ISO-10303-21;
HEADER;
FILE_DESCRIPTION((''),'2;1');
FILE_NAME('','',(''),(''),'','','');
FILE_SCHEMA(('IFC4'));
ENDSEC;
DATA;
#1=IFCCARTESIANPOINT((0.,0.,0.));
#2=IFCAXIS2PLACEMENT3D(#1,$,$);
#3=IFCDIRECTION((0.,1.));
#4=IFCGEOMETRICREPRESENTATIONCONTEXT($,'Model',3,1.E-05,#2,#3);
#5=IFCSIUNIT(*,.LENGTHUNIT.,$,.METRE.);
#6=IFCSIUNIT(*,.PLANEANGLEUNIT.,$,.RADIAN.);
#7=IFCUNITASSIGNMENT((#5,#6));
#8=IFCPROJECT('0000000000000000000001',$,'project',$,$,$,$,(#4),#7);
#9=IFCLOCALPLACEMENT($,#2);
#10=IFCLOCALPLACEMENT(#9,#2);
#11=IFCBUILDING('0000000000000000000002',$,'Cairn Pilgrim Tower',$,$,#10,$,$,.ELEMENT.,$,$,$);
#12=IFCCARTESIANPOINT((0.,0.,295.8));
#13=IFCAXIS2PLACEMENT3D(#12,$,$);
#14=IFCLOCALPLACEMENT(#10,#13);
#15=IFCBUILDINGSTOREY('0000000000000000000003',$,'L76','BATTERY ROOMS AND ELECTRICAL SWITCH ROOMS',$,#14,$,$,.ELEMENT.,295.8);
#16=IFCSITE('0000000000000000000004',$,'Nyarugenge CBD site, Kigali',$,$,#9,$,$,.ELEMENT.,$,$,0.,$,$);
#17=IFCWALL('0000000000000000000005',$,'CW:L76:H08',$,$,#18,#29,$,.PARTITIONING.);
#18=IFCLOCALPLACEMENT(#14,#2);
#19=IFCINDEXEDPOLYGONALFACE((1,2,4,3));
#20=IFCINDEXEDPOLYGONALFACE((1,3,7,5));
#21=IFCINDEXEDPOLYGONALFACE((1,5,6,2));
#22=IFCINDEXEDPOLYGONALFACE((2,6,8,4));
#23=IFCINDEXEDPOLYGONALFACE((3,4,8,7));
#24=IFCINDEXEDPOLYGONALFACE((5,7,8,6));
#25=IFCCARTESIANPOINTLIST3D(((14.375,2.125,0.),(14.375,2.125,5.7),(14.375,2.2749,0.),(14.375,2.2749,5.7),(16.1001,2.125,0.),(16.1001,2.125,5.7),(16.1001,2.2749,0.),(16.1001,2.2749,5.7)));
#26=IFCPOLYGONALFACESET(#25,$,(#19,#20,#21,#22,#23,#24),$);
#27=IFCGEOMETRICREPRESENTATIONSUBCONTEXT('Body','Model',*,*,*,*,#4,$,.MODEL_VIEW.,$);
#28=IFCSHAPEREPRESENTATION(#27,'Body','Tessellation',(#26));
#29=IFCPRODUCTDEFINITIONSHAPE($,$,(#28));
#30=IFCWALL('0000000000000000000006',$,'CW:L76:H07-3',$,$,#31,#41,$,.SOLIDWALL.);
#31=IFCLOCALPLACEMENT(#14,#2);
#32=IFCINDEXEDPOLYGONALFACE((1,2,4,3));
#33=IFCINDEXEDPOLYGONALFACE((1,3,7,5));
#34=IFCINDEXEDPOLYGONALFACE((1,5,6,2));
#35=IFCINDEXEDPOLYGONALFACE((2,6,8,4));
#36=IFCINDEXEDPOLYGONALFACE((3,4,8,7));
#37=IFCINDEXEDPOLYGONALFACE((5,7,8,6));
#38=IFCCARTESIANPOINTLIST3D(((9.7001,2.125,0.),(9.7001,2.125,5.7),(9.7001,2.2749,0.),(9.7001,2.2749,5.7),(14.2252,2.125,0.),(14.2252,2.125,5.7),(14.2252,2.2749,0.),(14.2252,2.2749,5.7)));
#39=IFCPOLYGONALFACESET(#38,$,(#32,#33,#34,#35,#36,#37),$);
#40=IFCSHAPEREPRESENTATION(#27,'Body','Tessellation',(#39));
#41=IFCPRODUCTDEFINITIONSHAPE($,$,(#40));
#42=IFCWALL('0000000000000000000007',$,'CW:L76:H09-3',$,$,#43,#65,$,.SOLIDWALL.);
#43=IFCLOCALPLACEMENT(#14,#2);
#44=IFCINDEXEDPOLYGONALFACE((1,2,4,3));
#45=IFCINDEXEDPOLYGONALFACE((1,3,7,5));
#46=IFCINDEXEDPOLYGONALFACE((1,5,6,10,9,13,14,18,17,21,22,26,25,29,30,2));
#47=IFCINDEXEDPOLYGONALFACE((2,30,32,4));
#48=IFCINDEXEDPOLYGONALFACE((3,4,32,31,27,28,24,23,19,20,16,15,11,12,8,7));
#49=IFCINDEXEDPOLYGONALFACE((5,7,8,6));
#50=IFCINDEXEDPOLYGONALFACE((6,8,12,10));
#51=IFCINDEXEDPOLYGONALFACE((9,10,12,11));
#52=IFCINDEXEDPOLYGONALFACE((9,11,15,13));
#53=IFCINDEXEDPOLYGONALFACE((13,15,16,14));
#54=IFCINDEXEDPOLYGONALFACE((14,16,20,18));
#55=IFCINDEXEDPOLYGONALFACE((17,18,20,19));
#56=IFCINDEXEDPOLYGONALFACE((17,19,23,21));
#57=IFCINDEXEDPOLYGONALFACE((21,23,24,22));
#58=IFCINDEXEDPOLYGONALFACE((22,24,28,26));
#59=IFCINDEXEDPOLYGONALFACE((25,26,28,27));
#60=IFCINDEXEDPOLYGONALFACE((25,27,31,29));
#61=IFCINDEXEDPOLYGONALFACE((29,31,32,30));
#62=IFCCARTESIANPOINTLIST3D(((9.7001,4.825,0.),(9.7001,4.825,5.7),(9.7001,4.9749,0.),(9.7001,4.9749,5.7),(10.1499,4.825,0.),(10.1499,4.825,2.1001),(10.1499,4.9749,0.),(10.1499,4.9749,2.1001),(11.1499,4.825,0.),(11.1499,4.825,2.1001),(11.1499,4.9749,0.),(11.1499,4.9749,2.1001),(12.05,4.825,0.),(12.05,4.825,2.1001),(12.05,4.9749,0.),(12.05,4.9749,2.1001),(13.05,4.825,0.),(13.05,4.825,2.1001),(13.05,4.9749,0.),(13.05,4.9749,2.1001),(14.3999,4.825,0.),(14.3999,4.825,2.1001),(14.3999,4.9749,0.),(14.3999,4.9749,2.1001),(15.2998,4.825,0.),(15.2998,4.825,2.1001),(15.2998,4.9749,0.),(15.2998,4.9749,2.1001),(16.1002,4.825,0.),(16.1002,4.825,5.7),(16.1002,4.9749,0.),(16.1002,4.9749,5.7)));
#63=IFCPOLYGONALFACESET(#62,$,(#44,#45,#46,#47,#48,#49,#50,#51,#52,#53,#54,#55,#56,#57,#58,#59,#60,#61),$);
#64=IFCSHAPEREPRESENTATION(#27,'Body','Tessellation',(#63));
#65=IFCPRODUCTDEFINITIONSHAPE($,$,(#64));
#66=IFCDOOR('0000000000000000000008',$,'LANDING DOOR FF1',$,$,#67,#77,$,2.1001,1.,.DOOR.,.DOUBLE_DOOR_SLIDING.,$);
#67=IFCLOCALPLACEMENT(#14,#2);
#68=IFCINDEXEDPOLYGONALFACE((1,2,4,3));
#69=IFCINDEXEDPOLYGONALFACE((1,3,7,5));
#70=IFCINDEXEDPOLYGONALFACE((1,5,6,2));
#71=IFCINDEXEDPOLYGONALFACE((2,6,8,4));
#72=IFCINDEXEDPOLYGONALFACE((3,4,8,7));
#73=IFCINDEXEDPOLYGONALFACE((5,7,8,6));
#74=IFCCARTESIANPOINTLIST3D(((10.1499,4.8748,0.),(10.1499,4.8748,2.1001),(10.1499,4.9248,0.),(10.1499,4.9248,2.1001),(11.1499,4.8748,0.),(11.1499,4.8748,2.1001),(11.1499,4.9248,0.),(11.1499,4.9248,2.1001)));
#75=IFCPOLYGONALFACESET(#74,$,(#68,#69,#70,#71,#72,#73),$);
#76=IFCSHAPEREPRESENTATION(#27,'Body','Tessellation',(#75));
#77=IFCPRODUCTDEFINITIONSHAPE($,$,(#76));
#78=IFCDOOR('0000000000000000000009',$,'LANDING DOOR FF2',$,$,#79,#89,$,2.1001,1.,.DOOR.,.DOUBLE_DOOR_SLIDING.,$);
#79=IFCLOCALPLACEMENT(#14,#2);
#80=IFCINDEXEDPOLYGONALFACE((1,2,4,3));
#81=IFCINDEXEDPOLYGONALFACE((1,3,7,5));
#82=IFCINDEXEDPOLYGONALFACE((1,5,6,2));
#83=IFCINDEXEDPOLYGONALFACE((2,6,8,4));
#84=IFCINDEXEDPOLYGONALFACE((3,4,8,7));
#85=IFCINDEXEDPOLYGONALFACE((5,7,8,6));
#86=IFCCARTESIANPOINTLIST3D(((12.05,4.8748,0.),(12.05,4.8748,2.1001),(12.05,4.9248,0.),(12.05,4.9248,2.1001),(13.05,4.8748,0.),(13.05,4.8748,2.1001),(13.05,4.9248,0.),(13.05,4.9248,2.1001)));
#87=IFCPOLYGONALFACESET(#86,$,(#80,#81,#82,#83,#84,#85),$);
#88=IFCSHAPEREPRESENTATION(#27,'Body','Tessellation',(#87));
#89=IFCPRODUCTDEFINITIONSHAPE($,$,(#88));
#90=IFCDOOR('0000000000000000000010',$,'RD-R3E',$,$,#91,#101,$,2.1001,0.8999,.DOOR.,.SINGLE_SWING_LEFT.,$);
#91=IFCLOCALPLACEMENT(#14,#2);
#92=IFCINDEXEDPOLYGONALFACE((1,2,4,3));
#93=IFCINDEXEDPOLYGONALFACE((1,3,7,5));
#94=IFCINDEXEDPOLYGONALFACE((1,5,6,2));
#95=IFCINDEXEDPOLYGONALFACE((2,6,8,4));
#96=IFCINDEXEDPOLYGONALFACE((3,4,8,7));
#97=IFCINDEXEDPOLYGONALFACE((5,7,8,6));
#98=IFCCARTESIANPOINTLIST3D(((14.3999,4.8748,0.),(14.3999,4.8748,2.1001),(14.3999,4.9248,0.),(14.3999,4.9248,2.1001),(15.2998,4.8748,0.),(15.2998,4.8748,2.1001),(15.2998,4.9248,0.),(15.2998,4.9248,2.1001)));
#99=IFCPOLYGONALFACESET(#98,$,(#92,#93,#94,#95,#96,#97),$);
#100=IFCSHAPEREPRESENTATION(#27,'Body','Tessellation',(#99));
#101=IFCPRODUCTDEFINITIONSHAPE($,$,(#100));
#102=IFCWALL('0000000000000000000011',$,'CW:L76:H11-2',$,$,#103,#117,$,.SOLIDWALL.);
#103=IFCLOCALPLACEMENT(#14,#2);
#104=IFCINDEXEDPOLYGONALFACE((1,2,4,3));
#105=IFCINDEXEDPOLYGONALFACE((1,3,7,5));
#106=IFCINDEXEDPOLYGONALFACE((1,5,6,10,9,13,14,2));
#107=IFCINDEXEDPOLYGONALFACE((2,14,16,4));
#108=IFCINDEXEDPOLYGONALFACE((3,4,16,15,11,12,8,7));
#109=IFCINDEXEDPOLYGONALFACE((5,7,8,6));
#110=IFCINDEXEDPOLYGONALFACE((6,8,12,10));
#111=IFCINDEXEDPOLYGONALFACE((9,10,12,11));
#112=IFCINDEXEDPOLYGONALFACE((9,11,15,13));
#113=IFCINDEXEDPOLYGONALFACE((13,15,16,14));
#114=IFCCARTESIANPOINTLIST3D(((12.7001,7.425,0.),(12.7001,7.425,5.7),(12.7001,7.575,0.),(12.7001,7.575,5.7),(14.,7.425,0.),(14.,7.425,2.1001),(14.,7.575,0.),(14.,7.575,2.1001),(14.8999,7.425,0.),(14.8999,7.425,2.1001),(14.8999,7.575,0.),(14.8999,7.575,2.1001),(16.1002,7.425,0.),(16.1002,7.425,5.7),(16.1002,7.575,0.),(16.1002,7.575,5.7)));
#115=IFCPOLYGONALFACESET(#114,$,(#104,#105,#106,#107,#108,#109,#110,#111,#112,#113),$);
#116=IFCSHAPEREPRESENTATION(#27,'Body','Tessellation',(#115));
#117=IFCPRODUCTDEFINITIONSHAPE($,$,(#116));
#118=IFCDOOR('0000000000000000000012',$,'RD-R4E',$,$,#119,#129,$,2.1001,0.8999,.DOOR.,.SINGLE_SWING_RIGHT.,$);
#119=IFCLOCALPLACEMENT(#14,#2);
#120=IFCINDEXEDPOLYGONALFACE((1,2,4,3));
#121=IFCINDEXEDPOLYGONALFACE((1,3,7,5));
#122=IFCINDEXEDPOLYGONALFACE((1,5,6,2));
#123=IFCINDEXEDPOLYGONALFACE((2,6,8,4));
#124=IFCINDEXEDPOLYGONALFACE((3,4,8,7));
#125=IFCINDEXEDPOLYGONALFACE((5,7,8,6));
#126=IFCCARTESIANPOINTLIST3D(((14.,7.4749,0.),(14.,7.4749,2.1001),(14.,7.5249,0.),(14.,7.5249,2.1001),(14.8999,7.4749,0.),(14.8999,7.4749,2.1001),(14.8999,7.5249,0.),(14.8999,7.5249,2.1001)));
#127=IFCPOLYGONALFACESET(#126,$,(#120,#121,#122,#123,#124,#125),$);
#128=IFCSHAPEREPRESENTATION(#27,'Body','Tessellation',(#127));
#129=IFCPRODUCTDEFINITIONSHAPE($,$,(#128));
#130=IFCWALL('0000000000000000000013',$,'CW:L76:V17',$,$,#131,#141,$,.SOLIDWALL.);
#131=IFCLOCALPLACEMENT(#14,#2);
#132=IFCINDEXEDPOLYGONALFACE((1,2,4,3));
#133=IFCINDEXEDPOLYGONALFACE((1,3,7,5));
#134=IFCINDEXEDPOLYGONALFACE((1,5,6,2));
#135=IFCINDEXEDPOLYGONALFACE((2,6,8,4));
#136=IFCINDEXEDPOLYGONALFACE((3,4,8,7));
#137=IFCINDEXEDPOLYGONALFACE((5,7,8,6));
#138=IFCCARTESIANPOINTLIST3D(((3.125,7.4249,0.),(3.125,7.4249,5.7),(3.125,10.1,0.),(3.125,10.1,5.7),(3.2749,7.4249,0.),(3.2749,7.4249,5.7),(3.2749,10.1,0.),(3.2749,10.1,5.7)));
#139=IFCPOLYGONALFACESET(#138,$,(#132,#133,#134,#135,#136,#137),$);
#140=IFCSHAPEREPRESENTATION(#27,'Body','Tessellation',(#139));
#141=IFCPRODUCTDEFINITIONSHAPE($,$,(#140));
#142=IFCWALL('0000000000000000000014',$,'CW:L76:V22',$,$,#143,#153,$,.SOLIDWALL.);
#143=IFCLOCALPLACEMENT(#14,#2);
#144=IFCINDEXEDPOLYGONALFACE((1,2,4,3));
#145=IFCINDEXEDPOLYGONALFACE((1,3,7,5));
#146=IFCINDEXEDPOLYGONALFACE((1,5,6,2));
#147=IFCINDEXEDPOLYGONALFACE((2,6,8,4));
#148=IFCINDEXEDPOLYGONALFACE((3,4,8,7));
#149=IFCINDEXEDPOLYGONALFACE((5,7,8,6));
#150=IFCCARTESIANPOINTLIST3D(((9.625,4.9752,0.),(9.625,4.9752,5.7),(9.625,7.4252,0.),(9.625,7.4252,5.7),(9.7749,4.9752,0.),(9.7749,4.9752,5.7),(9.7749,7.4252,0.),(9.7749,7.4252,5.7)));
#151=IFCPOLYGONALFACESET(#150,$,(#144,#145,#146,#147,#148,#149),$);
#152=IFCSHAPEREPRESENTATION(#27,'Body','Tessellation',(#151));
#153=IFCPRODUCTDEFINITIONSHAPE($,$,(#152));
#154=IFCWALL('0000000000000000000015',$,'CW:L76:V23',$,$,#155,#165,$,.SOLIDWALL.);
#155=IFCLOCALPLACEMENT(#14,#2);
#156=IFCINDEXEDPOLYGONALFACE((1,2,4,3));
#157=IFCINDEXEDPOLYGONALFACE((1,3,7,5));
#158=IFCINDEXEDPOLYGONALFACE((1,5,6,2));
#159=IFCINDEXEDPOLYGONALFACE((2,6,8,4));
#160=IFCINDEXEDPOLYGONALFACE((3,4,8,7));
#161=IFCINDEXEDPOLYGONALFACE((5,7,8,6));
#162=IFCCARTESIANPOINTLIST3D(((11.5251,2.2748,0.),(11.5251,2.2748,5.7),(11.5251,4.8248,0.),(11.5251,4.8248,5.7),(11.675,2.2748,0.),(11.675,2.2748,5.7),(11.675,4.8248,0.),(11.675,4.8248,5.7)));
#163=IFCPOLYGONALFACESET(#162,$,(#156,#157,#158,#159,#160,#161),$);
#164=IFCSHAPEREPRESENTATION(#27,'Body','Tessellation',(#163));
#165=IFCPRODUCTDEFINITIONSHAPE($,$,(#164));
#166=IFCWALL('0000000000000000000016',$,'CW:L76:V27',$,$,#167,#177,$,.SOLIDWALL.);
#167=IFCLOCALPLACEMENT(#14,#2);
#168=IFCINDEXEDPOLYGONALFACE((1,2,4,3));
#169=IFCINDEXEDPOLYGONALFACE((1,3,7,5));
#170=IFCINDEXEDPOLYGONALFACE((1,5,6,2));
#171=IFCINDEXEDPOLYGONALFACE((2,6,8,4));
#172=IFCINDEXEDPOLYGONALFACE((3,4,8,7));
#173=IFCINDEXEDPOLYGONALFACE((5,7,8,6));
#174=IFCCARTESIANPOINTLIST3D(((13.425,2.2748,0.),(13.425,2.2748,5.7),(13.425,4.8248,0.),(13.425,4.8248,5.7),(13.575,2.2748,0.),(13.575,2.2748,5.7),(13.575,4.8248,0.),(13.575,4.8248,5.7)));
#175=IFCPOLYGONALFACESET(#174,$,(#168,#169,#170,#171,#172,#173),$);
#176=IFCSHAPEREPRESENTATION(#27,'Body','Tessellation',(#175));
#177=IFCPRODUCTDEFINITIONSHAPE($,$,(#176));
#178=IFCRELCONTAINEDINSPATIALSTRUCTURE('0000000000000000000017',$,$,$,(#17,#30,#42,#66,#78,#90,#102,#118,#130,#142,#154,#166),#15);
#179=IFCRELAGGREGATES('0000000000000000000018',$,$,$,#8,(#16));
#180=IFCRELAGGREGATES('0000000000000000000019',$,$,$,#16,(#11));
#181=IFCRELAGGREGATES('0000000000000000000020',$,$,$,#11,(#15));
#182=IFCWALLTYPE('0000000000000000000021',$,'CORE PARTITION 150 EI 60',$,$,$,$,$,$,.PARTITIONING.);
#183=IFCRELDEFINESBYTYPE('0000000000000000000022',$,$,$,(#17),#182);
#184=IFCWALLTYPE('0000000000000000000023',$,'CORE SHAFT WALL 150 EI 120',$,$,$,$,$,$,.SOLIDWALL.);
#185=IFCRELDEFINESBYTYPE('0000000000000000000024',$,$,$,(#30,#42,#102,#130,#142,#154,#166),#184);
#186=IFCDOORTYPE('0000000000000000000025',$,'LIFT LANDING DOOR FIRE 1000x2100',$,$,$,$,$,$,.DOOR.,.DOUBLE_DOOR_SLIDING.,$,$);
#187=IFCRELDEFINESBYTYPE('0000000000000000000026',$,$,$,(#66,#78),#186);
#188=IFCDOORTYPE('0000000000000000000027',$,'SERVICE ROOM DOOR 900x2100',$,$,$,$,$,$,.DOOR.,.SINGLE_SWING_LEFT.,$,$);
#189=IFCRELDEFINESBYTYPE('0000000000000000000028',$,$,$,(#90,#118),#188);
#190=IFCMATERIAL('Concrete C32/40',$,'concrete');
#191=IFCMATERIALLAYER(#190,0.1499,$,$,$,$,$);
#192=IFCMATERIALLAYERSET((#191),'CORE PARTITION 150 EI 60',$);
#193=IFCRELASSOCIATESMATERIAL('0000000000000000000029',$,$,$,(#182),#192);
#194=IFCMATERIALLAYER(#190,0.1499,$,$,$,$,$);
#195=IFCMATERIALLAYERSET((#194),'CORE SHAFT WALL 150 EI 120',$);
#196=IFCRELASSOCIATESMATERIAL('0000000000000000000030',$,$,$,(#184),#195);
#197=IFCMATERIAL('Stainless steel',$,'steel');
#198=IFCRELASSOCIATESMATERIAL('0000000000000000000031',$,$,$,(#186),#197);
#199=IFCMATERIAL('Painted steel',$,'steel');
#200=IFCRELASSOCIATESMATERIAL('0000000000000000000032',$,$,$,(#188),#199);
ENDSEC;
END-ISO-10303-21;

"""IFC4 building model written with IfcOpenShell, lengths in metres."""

from ifc_helpers import new_model, si_unit, direction, frame, frame_2d, origin, place, context, subcontext, project, spatial, rectangle, extrude, material, layer, layer_set, type_object, element, fill, save


model = new_model("IFC4")

# Units and contexts
model_context = context("Model", 3, precision=1e-05, world=origin(), true_north=direction((0.0, 1.0)))
body_context = subcontext(model_context, "Body", "Model", "MODEL_VIEW")
ifc_project = project(units=[si_unit("LENGTHUNIT", "METRE"), si_unit("PLANEANGLEUNIT", "RADIAN")], contexts=[model_context])

# Site, building, storey
site_placement = place(None, origin())
site = spatial("IfcSite", under=ifc_project, at=site_placement, Name="Nyarugenge CBD site, Kigali", CompositionType="ELEMENT", RefElevation=0.0)
building_placement = place(site_placement, origin())
building = spatial("IfcBuilding", under=site, at=building_placement, Name="Cairn Pilgrim Tower", CompositionType="ELEMENT")
storey_placement = place(building_placement, frame((0.0, 0.0, 295.8)))
storey = spatial("IfcBuildingStorey", under=building, at=storey_placement, Name="L76", Description="BATTERY ROOMS AND ELECTRICAL SWITCH ROOMS", CompositionType="ELEMENT", Elevation=295.8)

# Walls
ifc_material_1 = material(Name="Concrete C32/40", Category="concrete")
ifc_layer_1 = layer(ifc_material_1, 0.1499)
ifc_layer_set_1 = layer_set([ifc_layer_1], Name="CORE PARTITION 150 EI 60")
wall_type_1 = type_object("IfcWallType", Name="CORE PARTITION 150 EI 60", PredefinedType="PARTITIONING", material=ifc_layer_set_1)
wall_1_placement = place(storey_placement, frame((14.375, 2.2, 0.0), z_axis=(0.0, 0.0, 1.0), x_axis=(1.0, 0.0, 0.0)))
element("IfcWall", 1, at=wall_1_placement, inside=storey, type_object=wall_type_1, Name="CW:L76:H08", PredefinedType="PARTITIONING", context=body_context, shape_type="SweptSolid", body=[
    extrude(rectangle(XDim=1.7251, YDim=0.1499, at=frame_2d((0.8625, 0.0))), origin(), (0.0, 0.0, 1.0), 5.7),
])
ifc_layer_2 = layer(ifc_material_1, 0.1499)
ifc_layer_set_2 = layer_set([ifc_layer_2], Name="CORE SHAFT WALL 150 EI 120")
wall_type_2 = type_object("IfcWallType", Name="CORE SHAFT WALL 150 EI 120", PredefinedType="SOLIDWALL", material=ifc_layer_set_2)
wall_2_placement = place(storey_placement, frame((9.7, 2.2, 0.0), z_axis=(0.0, 0.0, 1.0), x_axis=(1.0, 0.0, 0.0)))
element("IfcWall", 2, at=wall_2_placement, inside=storey, type_object=wall_type_2, Name="CW:L76:H07-3", PredefinedType="SOLIDWALL", context=body_context, shape_type="SweptSolid", body=[
    extrude(rectangle(XDim=4.5251, YDim=0.1499, at=frame_2d((2.2627, 0.0))), origin(), (0.0, 0.0, 1.0), 5.7),
])

# Wall, openings, doors
wall_3_placement = place(storey_placement, frame((9.7, 4.8999, 0.0), z_axis=(0.0, 0.0, 1.0), x_axis=(1.0, 0.0, 0.0)))
wall_3 = element("IfcWall", 3, at=wall_3_placement, inside=storey, type_object=wall_type_2, Name="CW:L76:H09-3", PredefinedType="SOLIDWALL", context=body_context, shape_type="SweptSolid", body=[
    extrude(rectangle(XDim=6.4001, YDim=0.1499, at=frame_2d((3.2002, 0.0))), origin(), (0.0, 0.0, 1.0), 5.7),
])
opening_1_placement = place(wall_3_placement, frame((0.45, 0.0, 0.0)))
opening_1 = element("IfcOpeningElement", 4, at=opening_1_placement, cuts=wall_3, PredefinedType="OPENING", context=body_context, shape_type="SweptSolid", body=[
    extrude(rectangle(XDim=1.0, YDim=2.1001, at=frame_2d((0.5, 1.05))), frame((0.0, 0.085, 0.0), z_axis=(0.0, -1.0, 0.0), x_axis=(1.0, 0.0, 0.0)), (0.0, 0.0, 1.0), 0.1699),
])
opening_2_placement = place(wall_3_placement, frame((2.3501, 0.0, 0.0)))
opening_2 = element("IfcOpeningElement", 5, at=opening_2_placement, cuts=wall_3, PredefinedType="OPENING", context=body_context, shape_type="SweptSolid", body=[
    extrude(rectangle(XDim=1.0, YDim=2.1001, at=frame_2d((0.5, 1.05))), frame((0.0, 0.085, 0.0), z_axis=(0.0, -1.0, 0.0), x_axis=(1.0, 0.0, 0.0)), (0.0, 0.0, 1.0), 0.1699),
])
opening_3_placement = place(wall_3_placement, frame((4.7, 0.0, 0.0)))
opening_3 = element("IfcOpeningElement", 6, at=opening_3_placement, cuts=wall_3, PredefinedType="OPENING", context=body_context, shape_type="SweptSolid", body=[
    extrude(rectangle(XDim=0.8999, YDim=2.1001, at=frame_2d((0.45, 1.05))), frame((0.0, 0.085, 0.0), z_axis=(0.0, -1.0, 0.0), x_axis=(1.0, 0.0, 0.0)), (0.0, 0.0, 1.0), 0.1699),
])
ifc_material_2 = material(Name="Stainless steel", Category="steel")
door_type_1 = type_object("IfcDoorType", Name="LIFT LANDING DOOR FIRE 1000x2100", OperationType="DOUBLE_DOOR_SLIDING", PredefinedType="DOOR", material=ifc_material_2)
door_1_placement = place(opening_1_placement, origin())
door_1 = element("IfcDoor", 7, at=door_1_placement, inside=storey, type_object=door_type_1, Name="LANDING DOOR FF1", OperationType="DOUBLE_DOOR_SLIDING", OverallHeight=2.1001, OverallWidth=1.0, PredefinedType="DOOR", context=body_context, shape_type="SweptSolid", body=[
    extrude(rectangle(XDim=1.0, YDim=2.1001, at=frame_2d((0.5, 1.05))), frame((0.0, 0.0249, 0.0), z_axis=(0.0, -1.0, 0.0), x_axis=(1.0, 0.0, 0.0)), (0.0, 0.0, 1.0), 0.05),
])
fill(opening_1, door_1)
door_2_placement = place(opening_2_placement, origin())
door_2 = element("IfcDoor", 8, at=door_2_placement, inside=storey, type_object=door_type_1, Name="LANDING DOOR FF2", OperationType="DOUBLE_DOOR_SLIDING", OverallHeight=2.1001, OverallWidth=1.0, PredefinedType="DOOR", context=body_context, shape_type="SweptSolid", body=[
    extrude(rectangle(XDim=1.0, YDim=2.1001, at=frame_2d((0.5, 1.05))), frame((0.0, 0.0249, 0.0), z_axis=(0.0, -1.0, 0.0), x_axis=(1.0, 0.0, 0.0)), (0.0, 0.0, 1.0), 0.05),
])
fill(opening_2, door_2)
ifc_material_3 = material(Name="Painted steel", Category="steel")
door_type_2 = type_object("IfcDoorType", Name="SERVICE ROOM DOOR 900x2100", OperationType="SINGLE_SWING_LEFT", PredefinedType="DOOR", material=ifc_material_3)
door_3_placement = place(opening_3_placement, origin())
door_3 = element("IfcDoor", 9, at=door_3_placement, inside=storey, type_object=door_type_2, Name="RD-R3E", OperationType="SINGLE_SWING_LEFT", OverallHeight=2.1001, OverallWidth=0.8999, PredefinedType="DOOR", context=body_context, shape_type="SweptSolid", body=[
    extrude(rectangle(XDim=0.8999, YDim=2.1001, at=frame_2d((0.45, 1.05))), frame((0.0, 0.0249, 0.0), z_axis=(0.0, -1.0, 0.0), x_axis=(1.0, 0.0, 0.0)), (0.0, 0.0, 1.0), 0.05),
])
fill(opening_3, door_3)

# Wall, opening, door
wall_4_placement = place(storey_placement, frame((12.7, 7.5, 0.0), z_axis=(0.0, 0.0, 1.0), x_axis=(1.0, 0.0, 0.0)))
wall_4 = element("IfcWall", 10, at=wall_4_placement, inside=storey, type_object=wall_type_2, Name="CW:L76:H11-2", PredefinedType="SOLIDWALL", context=body_context, shape_type="SweptSolid", body=[
    extrude(rectangle(XDim=3.4001, YDim=0.1499, at=frame_2d((1.7002, 0.0))), origin(), (0.0, 0.0, 1.0), 5.7),
])
opening_4_placement = place(wall_4_placement, frame((1.3, 0.0, 0.0)))
opening_4 = element("IfcOpeningElement", 11, at=opening_4_placement, cuts=wall_4, PredefinedType="OPENING", context=body_context, shape_type="SweptSolid", body=[
    extrude(rectangle(XDim=0.8999, YDim=2.1001, at=frame_2d((0.45, 1.05))), frame((0.0, 0.085, 0.0), z_axis=(0.0, -1.0, 0.0), x_axis=(1.0, 0.0, 0.0)), (0.0, 0.0, 1.0), 0.1699),
])
door_4_placement = place(opening_4_placement, origin())
door_4 = element("IfcDoor", 12, at=door_4_placement, inside=storey, type_object=door_type_2, Name="RD-R4E", OperationType="SINGLE_SWING_RIGHT", OverallHeight=2.1001, OverallWidth=0.8999, PredefinedType="DOOR", context=body_context, shape_type="SweptSolid", body=[
    extrude(rectangle(XDim=0.8999, YDim=2.1001, at=frame_2d((0.45, 1.05))), frame((0.0, 0.0249, 0.0), z_axis=(0.0, -1.0, 0.0), x_axis=(1.0, 0.0, 0.0)), (0.0, 0.0, 1.0), 0.05),
])
fill(opening_4, door_4)

# Walls
wall_5_placement = place(storey_placement, frame((3.2, 7.425, 0.0), z_axis=(0.0, 0.0, 1.0), x_axis=(0.0, 1.0, 0.0)))
element("IfcWall", 13, at=wall_5_placement, inside=storey, type_object=wall_type_2, Name="CW:L76:V17", PredefinedType="SOLIDWALL", context=body_context, shape_type="SweptSolid", body=[
    extrude(rectangle(XDim=2.675, YDim=0.1499, at=frame_2d((1.3374, 0.0))), origin(), (0.0, 0.0, 1.0), 5.7),
])
wall_6_placement = place(storey_placement, frame((9.7, 4.9751, 0.0), z_axis=(0.0, 0.0, 1.0), x_axis=(0.0, 1.0, 0.0)))
element("IfcWall", 14, at=wall_6_placement, inside=storey, type_object=wall_type_2, Name="CW:L76:V22", PredefinedType="SOLIDWALL", context=body_context, shape_type="SweptSolid", body=[
    extrude(rectangle(XDim=2.45, YDim=0.1499, at=frame_2d((1.2251, 0.0))), origin(), (0.0, 0.0, 1.0), 5.7),
])
for number, where, z_axis, x_axis, name in (
    (15, (11.6001, 2.2749, 0.0), (0.0, 0.0, 1.0), (0.0, 1.0, 0.0), "CW:L76:V23"),
    (16, (13.5, 2.2749, 0.0), (0.0, 0.0, 1.0), (0.0, 1.0, 0.0), "CW:L76:V27"),
):
    element("IfcWall", number, at=place(storey_placement, frame(where, z_axis=z_axis, x_axis=x_axis)), inside=storey, type_object=wall_type_2, Name=name, PredefinedType="SOLIDWALL", context=body_context, shape_type="SweptSolid", body=[
        extrude(rectangle(XDim=2.55, YDim=0.1499, at=frame_2d((1.2749, 0.0))), origin(), (0.0, 0.0, 1.0), 5.7),
    ])

save(model, "model.ifc")
